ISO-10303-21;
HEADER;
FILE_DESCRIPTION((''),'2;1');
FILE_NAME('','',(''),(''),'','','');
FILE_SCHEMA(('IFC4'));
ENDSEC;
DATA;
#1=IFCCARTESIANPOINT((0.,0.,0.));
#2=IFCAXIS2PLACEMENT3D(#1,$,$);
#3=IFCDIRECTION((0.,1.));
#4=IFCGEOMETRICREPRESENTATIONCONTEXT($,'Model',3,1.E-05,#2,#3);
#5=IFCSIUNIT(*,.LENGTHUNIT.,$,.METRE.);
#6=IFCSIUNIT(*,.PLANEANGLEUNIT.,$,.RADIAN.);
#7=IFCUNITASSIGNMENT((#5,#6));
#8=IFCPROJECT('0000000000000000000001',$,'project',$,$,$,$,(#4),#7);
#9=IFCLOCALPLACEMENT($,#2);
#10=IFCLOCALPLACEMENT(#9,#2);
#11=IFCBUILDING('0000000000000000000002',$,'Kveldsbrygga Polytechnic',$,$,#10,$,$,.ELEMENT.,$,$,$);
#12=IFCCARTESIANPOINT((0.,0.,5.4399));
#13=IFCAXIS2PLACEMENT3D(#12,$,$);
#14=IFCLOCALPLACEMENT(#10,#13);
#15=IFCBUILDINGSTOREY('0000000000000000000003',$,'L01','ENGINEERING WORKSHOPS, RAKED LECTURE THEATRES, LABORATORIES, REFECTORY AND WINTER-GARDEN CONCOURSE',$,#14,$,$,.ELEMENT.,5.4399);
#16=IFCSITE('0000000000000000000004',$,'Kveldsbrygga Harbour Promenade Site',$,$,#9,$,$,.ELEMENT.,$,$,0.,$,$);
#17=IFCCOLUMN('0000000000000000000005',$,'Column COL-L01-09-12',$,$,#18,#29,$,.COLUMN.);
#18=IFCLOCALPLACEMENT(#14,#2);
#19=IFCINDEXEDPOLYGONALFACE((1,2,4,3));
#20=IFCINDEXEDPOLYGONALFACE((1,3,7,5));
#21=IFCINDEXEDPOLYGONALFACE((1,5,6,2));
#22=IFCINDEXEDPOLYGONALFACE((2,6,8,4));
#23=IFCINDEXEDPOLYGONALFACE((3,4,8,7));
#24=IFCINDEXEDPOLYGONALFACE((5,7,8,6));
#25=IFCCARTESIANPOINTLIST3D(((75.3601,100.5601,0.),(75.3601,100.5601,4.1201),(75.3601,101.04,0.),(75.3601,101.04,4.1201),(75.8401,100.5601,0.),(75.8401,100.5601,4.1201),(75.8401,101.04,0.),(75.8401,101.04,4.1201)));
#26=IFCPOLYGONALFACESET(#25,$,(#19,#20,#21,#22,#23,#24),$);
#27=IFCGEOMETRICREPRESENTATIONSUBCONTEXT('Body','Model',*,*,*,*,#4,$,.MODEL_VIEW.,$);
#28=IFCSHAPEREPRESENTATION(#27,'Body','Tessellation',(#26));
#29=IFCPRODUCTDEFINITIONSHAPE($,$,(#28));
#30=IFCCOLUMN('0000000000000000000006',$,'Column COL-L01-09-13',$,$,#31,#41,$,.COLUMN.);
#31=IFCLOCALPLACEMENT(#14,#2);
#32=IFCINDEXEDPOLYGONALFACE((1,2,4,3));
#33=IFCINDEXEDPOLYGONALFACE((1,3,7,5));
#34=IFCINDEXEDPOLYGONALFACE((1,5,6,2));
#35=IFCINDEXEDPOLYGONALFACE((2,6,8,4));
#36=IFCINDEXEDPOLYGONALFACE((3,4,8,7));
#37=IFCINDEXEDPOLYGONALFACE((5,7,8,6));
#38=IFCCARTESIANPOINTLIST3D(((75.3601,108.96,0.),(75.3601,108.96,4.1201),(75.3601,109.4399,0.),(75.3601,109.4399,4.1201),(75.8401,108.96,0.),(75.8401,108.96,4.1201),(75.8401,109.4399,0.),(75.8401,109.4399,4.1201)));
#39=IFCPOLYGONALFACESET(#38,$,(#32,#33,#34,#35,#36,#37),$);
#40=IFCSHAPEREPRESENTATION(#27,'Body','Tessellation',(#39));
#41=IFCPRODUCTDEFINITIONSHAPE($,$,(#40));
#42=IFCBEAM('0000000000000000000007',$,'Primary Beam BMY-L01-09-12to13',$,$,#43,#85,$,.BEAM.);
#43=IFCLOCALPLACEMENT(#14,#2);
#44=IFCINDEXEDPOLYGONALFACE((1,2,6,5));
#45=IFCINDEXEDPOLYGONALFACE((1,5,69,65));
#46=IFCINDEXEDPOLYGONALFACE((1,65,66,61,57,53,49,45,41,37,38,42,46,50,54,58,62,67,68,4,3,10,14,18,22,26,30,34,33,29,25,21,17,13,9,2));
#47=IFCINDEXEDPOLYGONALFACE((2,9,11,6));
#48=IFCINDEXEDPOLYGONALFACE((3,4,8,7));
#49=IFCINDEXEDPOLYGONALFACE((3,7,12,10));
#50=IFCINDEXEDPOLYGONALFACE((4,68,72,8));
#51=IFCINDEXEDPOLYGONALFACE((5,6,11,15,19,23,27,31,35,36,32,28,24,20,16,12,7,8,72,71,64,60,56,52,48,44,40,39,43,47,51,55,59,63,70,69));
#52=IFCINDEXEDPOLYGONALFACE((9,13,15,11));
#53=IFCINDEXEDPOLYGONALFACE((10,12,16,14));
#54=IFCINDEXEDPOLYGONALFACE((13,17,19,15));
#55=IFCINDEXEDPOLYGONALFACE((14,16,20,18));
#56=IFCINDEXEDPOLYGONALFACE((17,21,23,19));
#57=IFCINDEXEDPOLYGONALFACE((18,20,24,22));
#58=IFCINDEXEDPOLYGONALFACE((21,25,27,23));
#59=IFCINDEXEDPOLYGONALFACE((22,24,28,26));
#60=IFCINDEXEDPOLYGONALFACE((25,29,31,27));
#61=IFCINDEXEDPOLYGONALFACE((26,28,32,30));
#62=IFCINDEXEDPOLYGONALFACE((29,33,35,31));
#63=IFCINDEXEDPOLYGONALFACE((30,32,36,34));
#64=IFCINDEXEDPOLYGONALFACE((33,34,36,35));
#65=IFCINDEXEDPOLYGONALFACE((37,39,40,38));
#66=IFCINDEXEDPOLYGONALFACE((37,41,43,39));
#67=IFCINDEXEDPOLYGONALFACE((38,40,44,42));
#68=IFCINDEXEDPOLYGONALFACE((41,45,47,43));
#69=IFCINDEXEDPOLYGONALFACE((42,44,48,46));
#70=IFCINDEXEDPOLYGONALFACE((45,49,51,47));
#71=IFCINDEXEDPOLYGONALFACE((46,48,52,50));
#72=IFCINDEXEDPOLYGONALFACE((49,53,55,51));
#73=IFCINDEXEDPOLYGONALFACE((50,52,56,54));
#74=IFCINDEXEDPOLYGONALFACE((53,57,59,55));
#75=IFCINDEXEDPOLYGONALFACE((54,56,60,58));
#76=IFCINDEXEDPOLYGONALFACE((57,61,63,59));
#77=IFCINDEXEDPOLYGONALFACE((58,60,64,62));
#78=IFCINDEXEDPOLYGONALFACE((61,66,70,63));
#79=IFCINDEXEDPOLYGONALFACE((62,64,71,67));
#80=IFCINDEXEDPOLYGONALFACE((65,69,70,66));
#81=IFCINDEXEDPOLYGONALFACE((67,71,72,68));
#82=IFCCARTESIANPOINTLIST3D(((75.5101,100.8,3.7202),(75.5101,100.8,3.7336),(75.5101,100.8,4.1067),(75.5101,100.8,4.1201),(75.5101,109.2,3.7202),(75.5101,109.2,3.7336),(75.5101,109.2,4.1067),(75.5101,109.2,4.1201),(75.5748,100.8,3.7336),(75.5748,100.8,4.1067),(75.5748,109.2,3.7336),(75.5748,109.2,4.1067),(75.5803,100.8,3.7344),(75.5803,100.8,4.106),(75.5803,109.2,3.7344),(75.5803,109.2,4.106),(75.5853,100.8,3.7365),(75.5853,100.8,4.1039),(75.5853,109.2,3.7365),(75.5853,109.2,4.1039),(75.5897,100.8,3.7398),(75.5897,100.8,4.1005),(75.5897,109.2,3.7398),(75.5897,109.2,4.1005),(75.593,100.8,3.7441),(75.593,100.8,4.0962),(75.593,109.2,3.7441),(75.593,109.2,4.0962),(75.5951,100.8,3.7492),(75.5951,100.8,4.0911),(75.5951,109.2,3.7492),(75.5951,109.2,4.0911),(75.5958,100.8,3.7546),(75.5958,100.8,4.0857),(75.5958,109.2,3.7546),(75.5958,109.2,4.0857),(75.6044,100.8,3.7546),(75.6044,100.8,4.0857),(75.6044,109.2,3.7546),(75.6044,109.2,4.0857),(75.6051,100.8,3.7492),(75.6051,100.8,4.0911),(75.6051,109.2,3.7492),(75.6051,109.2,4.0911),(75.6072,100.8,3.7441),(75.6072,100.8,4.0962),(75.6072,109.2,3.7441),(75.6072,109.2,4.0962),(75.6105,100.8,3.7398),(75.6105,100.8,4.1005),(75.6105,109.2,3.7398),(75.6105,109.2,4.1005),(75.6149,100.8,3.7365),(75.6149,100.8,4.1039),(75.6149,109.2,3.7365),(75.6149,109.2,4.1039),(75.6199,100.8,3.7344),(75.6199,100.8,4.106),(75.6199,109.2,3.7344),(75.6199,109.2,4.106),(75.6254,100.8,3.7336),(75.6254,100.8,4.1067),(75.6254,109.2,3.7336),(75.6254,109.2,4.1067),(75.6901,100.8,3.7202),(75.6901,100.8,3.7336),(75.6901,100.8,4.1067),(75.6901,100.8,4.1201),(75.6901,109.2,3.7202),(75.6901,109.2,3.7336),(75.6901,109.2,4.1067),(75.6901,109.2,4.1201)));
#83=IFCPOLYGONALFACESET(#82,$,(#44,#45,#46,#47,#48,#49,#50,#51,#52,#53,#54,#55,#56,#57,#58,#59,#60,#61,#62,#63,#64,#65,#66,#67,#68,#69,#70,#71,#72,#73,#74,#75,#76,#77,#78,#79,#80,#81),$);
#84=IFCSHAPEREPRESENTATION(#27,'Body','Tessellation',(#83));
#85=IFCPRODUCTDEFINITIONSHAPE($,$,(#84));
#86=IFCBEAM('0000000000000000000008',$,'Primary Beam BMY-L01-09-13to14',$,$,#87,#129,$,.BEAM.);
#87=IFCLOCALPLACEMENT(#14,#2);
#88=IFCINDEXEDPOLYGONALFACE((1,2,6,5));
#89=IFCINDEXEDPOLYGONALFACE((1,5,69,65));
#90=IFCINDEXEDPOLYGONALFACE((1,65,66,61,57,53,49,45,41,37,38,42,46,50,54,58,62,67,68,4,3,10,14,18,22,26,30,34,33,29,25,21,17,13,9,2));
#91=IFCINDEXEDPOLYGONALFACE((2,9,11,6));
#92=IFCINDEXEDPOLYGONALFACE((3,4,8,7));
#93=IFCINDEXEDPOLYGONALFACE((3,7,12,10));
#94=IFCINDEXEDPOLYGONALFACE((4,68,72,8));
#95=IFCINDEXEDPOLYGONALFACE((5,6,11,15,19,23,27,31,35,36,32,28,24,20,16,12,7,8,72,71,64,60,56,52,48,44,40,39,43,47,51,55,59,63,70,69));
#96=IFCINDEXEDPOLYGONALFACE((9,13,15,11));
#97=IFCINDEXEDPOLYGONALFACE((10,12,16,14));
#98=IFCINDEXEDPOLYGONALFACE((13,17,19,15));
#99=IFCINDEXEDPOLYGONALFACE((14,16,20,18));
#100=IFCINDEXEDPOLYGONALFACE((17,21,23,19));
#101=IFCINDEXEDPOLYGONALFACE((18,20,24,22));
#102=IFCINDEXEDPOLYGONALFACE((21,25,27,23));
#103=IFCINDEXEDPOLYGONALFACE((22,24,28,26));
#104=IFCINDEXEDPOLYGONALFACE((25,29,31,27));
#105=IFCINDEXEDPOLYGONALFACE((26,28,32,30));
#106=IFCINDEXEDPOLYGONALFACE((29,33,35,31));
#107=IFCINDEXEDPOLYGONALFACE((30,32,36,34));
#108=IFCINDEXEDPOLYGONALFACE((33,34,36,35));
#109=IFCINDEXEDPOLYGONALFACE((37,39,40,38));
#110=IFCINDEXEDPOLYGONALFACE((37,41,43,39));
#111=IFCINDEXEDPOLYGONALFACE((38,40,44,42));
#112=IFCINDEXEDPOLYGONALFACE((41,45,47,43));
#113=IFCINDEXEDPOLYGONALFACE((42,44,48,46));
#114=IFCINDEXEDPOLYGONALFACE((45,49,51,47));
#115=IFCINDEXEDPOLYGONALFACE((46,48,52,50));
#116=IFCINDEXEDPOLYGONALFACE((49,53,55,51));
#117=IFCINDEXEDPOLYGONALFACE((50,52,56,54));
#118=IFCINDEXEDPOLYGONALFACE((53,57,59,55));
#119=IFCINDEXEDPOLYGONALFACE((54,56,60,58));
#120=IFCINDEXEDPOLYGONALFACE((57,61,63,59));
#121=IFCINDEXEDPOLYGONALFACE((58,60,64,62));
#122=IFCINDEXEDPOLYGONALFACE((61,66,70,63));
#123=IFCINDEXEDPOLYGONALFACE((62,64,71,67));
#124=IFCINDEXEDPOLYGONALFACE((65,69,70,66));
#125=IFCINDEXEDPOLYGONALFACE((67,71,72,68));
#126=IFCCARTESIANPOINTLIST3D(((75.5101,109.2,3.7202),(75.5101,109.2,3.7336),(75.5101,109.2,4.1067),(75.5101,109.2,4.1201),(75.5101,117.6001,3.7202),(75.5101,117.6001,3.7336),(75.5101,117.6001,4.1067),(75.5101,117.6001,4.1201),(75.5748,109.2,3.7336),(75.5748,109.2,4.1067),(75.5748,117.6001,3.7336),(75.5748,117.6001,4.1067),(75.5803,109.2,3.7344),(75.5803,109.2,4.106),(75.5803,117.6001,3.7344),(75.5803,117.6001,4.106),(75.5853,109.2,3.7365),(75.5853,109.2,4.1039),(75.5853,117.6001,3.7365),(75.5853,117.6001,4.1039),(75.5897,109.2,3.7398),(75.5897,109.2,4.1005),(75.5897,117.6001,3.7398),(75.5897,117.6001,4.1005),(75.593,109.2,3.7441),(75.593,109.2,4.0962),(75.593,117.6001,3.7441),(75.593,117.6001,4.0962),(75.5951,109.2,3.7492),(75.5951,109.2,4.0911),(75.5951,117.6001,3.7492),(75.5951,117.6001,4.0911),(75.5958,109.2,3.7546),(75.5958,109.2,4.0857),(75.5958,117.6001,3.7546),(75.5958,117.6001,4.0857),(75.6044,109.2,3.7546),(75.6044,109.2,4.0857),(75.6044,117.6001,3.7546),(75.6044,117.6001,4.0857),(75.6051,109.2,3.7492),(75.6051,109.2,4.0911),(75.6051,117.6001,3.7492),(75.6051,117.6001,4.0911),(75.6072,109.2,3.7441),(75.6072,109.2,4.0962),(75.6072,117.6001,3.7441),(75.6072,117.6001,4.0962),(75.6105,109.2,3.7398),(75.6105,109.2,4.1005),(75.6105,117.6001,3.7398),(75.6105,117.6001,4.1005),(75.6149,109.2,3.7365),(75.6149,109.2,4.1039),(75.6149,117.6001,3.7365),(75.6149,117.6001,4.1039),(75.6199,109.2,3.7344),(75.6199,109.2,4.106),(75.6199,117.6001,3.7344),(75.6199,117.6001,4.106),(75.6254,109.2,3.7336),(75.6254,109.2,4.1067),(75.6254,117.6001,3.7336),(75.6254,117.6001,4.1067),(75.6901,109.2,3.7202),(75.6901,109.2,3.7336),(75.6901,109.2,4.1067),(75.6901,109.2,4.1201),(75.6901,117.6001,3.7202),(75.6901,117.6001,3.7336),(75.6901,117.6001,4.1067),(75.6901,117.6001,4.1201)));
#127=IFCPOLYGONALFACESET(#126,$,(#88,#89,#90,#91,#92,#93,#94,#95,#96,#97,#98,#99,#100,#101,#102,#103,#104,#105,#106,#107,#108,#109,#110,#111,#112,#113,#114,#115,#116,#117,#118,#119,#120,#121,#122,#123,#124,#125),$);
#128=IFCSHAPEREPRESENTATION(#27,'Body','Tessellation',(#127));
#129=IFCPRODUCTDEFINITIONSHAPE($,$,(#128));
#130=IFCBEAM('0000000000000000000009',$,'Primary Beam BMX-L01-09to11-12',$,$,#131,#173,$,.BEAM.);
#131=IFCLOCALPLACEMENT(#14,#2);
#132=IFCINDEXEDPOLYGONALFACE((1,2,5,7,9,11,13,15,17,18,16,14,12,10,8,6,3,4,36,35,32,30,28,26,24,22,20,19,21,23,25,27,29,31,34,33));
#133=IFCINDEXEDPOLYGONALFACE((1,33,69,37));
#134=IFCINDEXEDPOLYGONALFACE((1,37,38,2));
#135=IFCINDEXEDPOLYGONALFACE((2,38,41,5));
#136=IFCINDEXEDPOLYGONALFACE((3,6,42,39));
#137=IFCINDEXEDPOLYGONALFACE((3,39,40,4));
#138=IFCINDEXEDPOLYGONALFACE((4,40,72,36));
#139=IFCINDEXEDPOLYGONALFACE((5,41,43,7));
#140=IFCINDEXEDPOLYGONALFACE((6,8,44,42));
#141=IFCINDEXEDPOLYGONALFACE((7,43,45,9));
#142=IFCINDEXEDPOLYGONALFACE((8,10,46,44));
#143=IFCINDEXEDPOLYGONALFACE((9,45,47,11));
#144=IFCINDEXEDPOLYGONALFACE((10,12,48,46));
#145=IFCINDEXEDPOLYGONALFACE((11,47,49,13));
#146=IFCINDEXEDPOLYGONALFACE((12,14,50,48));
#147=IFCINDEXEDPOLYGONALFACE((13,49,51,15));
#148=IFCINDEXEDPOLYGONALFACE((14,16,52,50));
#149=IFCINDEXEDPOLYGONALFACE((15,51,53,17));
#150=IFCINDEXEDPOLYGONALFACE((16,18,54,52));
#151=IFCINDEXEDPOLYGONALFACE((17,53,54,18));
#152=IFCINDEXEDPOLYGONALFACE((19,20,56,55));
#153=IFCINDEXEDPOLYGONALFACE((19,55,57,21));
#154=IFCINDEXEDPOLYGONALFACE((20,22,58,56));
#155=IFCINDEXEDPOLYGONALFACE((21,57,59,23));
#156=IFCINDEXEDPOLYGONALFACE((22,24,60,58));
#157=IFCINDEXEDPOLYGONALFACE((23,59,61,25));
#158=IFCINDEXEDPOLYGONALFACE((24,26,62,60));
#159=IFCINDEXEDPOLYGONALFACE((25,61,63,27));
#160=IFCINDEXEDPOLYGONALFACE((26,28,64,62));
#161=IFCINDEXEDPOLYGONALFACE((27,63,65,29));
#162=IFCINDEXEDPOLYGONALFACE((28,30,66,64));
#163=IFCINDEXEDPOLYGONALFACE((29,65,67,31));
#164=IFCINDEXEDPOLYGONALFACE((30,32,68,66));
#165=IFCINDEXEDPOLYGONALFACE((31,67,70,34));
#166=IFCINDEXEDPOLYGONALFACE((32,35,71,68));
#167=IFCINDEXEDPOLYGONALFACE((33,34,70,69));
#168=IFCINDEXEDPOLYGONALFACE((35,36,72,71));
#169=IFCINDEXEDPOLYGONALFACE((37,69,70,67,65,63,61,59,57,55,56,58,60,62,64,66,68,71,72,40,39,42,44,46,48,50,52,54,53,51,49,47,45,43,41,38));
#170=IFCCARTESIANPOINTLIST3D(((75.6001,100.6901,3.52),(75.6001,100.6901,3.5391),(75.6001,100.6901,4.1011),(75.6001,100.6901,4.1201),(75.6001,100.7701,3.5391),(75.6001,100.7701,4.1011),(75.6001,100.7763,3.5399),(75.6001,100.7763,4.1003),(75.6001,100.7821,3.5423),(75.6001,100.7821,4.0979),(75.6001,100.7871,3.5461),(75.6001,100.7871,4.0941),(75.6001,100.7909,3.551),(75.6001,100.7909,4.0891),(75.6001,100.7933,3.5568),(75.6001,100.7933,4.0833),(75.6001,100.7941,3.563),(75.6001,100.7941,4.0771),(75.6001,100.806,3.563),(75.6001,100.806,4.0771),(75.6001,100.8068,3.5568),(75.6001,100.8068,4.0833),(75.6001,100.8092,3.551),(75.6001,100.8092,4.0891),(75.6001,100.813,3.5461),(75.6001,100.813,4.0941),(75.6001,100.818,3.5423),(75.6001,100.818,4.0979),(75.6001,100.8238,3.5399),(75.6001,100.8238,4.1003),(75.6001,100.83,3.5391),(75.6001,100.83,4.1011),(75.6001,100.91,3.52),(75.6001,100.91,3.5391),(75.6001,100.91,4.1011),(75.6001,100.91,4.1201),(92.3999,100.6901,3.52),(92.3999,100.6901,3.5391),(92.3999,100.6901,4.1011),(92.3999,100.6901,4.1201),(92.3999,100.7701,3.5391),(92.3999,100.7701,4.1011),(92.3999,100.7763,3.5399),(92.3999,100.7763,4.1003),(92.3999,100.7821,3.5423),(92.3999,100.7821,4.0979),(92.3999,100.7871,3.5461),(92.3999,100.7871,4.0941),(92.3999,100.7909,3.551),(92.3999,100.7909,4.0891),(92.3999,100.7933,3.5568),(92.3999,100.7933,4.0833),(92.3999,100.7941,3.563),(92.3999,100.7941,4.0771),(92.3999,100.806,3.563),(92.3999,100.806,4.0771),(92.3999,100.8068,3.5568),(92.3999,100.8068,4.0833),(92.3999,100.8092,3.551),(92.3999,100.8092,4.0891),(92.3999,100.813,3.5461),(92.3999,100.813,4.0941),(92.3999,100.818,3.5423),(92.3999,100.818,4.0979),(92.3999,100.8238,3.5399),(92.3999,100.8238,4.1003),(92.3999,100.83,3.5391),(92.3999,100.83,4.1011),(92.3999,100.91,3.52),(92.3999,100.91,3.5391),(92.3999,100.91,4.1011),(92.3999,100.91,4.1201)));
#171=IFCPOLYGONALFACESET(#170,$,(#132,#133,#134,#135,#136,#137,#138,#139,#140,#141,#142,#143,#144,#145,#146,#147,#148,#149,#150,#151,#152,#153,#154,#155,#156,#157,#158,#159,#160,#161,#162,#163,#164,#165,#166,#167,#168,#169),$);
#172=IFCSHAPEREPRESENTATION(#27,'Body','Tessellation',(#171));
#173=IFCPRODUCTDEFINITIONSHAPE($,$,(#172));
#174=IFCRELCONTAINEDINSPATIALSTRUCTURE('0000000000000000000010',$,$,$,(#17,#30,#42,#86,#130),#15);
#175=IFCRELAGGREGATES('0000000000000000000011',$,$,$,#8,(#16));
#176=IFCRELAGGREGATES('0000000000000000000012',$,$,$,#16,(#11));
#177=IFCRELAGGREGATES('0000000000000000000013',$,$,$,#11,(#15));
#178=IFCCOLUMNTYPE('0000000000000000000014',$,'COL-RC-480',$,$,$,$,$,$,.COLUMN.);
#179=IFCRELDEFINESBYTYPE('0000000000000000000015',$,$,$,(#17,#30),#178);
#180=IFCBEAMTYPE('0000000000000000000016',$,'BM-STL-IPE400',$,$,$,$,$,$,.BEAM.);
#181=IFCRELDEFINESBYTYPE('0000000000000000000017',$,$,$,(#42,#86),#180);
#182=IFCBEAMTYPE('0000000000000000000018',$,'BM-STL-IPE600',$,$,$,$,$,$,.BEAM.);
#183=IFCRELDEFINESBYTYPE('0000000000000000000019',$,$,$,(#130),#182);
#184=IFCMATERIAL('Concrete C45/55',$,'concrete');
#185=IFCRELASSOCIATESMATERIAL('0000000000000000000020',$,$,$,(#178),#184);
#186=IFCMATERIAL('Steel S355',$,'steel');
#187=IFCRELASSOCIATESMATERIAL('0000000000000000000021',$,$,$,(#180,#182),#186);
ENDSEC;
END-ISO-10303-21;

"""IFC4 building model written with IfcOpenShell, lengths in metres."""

from ifc_helpers import new_model, si_unit, direction, frame, origin, origin_2d, place, context, subcontext, project, spatial, rectangle, i_section, extrude, material, material_profile, profile_set, type_object, element, save


model = new_model("IFC4")

# Units and contexts
model_context = context("Model", 3, precision=1e-05, world=origin(), true_north=direction((0.0, 1.0)))
body_context = subcontext(model_context, "Body", "Model", "MODEL_VIEW")
ifc_project = project(units=[si_unit("LENGTHUNIT", "METRE"), si_unit("PLANEANGLEUNIT", "RADIAN")], contexts=[model_context])

# Site, building, storey
site_placement = place(None, origin())
site = spatial("IfcSite", under=ifc_project, at=site_placement, Name="Kveldsbrygga Harbour Promenade Site", CompositionType="ELEMENT", RefElevation=0.0)
building_placement = place(site_placement, origin())
building = spatial("IfcBuilding", under=site, at=building_placement, Name="Kveldsbrygga Polytechnic", CompositionType="ELEMENT")
storey_placement = place(building_placement, frame((0.0, 0.0, 5.4399)))
storey = spatial("IfcBuildingStorey", under=building, at=storey_placement, Name="L01", Description="ENGINEERING WORKSHOPS, RAKED LECTURE THEATRES, LABORATORIES, REFECTORY AND WINTER-GARDEN CONCOURSE", CompositionType="ELEMENT", Elevation=5.4399)

# Columns
ifc_material_1 = material(Name="Concrete C45/55", Category="concrete")
ifc_material_profile_1 = material_profile(ifc_material_1, rectangle(XDim=0.48, YDim=0.48, at=origin_2d()), Name="RC 480x480")
ifc_profile_set_1 = profile_set([ifc_material_profile_1], Name="Concrete C45/55")
column_type = type_object("IfcColumnType", Name="COL-RC-480", PredefinedType="COLUMN", material=ifc_profile_set_1)
for number, where, z_axis, x_axis, name in (
    (1, (75.6001, 100.8, 0.0), (0.0, 0.0, 1.0), (1.0, 0.0, 0.0), "Column COL-L01-09-12"),
    (2, (75.6001, 109.2, 0.0), (0.0, 0.0, 1.0), (1.0, 0.0, 0.0), "Column COL-L01-09-13"),
):
    element("IfcColumn", number, at=place(storey_placement, frame(where, z_axis=z_axis, x_axis=x_axis)), inside=storey, type_object=column_type, Name=name, PredefinedType="COLUMN", context=body_context, shape_type="SweptSolid", body=[
        extrude(rectangle(XDim=0.48, YDim=0.48, at=origin_2d()), origin(), (0.0, 0.0, 1.0), 4.1201),
    ])

# Beams
ifc_material_2 = material(Name="Steel S355", Category="steel")
ifc_material_profile_2 = material_profile(ifc_material_2, i_section(OverallWidth=0.1799, OverallDepth=0.3999, WebThickness=0.0085, FlangeThickness=0.0134, FilletRadius=0.021, at=origin_2d()), Name="IPE 400")
ifc_profile_set_2 = profile_set([ifc_material_profile_2], Name="Steel S355")
beam_type_1 = type_object("IfcBeamType", Name="BM-STL-IPE400", PredefinedType="BEAM", material=ifc_profile_set_2)
beam_1_placement = place(storey_placement, frame((75.6001, 100.8, 3.9202), z_axis=(0.0, 1.0, 0.0), x_axis=(-1.0, 0.0, 0.0)))
element("IfcBeam", 3, at=beam_1_placement, inside=storey, type_object=beam_type_1, Name="Primary Beam BMY-L01-09-12to13", PredefinedType="BEAM", context=body_context, shape_type="SweptSolid", body=[
    extrude(i_section(OverallWidth=0.1799, OverallDepth=0.3999, WebThickness=0.0085, FlangeThickness=0.0134, FilletRadius=0.021, at=origin_2d()), origin(), (0.0, 0.0, 1.0), 8.3999),
])
beam_2_placement = place(storey_placement, frame((75.6001, 109.2, 3.9202), z_axis=(0.0, 1.0, 0.0), x_axis=(-1.0, 0.0, 0.0)))
element("IfcBeam", 4, at=beam_2_placement, inside=storey, type_object=beam_type_1, Name="Primary Beam BMY-L01-09-13to14", PredefinedType="BEAM", context=body_context, shape_type="SweptSolid", body=[
    extrude(i_section(OverallWidth=0.1799, OverallDepth=0.3999, WebThickness=0.0085, FlangeThickness=0.0134, FilletRadius=0.021, at=origin_2d()), origin(), (0.0, 0.0, 1.0), 8.4001),
])
ifc_material_profile_3 = material_profile(ifc_material_2, i_section(OverallWidth=0.22, OverallDepth=0.6001, WebThickness=0.012, FlangeThickness=0.019, FilletRadius=0.0239, at=origin_2d()), Name="IPE 600")
ifc_profile_set_3 = profile_set([ifc_material_profile_3], Name="Steel S355")
beam_type_2 = type_object("IfcBeamType", Name="BM-STL-IPE600", PredefinedType="BEAM", material=ifc_profile_set_3)
for number, where, z_axis, x_axis, name in (
    (5, (75.6001, 100.8, 3.8201), (1.0, 0.0, 0.0), (0.0, 1.0, 0.0), "Primary Beam BMX-L01-09to11-12"),
):
    element("IfcBeam", number, at=place(storey_placement, frame(where, z_axis=z_axis, x_axis=x_axis)), inside=storey, type_object=beam_type_2, Name=name, PredefinedType="BEAM", context=body_context, shape_type="SweptSolid", body=[
        extrude(i_section(OverallWidth=0.22, OverallDepth=0.6001, WebThickness=0.012, FlangeThickness=0.019, FilletRadius=0.0239, at=origin_2d()), origin(), (0.0, 0.0, 1.0), 16.7998),
    ])

save(model, "model.ifc")
